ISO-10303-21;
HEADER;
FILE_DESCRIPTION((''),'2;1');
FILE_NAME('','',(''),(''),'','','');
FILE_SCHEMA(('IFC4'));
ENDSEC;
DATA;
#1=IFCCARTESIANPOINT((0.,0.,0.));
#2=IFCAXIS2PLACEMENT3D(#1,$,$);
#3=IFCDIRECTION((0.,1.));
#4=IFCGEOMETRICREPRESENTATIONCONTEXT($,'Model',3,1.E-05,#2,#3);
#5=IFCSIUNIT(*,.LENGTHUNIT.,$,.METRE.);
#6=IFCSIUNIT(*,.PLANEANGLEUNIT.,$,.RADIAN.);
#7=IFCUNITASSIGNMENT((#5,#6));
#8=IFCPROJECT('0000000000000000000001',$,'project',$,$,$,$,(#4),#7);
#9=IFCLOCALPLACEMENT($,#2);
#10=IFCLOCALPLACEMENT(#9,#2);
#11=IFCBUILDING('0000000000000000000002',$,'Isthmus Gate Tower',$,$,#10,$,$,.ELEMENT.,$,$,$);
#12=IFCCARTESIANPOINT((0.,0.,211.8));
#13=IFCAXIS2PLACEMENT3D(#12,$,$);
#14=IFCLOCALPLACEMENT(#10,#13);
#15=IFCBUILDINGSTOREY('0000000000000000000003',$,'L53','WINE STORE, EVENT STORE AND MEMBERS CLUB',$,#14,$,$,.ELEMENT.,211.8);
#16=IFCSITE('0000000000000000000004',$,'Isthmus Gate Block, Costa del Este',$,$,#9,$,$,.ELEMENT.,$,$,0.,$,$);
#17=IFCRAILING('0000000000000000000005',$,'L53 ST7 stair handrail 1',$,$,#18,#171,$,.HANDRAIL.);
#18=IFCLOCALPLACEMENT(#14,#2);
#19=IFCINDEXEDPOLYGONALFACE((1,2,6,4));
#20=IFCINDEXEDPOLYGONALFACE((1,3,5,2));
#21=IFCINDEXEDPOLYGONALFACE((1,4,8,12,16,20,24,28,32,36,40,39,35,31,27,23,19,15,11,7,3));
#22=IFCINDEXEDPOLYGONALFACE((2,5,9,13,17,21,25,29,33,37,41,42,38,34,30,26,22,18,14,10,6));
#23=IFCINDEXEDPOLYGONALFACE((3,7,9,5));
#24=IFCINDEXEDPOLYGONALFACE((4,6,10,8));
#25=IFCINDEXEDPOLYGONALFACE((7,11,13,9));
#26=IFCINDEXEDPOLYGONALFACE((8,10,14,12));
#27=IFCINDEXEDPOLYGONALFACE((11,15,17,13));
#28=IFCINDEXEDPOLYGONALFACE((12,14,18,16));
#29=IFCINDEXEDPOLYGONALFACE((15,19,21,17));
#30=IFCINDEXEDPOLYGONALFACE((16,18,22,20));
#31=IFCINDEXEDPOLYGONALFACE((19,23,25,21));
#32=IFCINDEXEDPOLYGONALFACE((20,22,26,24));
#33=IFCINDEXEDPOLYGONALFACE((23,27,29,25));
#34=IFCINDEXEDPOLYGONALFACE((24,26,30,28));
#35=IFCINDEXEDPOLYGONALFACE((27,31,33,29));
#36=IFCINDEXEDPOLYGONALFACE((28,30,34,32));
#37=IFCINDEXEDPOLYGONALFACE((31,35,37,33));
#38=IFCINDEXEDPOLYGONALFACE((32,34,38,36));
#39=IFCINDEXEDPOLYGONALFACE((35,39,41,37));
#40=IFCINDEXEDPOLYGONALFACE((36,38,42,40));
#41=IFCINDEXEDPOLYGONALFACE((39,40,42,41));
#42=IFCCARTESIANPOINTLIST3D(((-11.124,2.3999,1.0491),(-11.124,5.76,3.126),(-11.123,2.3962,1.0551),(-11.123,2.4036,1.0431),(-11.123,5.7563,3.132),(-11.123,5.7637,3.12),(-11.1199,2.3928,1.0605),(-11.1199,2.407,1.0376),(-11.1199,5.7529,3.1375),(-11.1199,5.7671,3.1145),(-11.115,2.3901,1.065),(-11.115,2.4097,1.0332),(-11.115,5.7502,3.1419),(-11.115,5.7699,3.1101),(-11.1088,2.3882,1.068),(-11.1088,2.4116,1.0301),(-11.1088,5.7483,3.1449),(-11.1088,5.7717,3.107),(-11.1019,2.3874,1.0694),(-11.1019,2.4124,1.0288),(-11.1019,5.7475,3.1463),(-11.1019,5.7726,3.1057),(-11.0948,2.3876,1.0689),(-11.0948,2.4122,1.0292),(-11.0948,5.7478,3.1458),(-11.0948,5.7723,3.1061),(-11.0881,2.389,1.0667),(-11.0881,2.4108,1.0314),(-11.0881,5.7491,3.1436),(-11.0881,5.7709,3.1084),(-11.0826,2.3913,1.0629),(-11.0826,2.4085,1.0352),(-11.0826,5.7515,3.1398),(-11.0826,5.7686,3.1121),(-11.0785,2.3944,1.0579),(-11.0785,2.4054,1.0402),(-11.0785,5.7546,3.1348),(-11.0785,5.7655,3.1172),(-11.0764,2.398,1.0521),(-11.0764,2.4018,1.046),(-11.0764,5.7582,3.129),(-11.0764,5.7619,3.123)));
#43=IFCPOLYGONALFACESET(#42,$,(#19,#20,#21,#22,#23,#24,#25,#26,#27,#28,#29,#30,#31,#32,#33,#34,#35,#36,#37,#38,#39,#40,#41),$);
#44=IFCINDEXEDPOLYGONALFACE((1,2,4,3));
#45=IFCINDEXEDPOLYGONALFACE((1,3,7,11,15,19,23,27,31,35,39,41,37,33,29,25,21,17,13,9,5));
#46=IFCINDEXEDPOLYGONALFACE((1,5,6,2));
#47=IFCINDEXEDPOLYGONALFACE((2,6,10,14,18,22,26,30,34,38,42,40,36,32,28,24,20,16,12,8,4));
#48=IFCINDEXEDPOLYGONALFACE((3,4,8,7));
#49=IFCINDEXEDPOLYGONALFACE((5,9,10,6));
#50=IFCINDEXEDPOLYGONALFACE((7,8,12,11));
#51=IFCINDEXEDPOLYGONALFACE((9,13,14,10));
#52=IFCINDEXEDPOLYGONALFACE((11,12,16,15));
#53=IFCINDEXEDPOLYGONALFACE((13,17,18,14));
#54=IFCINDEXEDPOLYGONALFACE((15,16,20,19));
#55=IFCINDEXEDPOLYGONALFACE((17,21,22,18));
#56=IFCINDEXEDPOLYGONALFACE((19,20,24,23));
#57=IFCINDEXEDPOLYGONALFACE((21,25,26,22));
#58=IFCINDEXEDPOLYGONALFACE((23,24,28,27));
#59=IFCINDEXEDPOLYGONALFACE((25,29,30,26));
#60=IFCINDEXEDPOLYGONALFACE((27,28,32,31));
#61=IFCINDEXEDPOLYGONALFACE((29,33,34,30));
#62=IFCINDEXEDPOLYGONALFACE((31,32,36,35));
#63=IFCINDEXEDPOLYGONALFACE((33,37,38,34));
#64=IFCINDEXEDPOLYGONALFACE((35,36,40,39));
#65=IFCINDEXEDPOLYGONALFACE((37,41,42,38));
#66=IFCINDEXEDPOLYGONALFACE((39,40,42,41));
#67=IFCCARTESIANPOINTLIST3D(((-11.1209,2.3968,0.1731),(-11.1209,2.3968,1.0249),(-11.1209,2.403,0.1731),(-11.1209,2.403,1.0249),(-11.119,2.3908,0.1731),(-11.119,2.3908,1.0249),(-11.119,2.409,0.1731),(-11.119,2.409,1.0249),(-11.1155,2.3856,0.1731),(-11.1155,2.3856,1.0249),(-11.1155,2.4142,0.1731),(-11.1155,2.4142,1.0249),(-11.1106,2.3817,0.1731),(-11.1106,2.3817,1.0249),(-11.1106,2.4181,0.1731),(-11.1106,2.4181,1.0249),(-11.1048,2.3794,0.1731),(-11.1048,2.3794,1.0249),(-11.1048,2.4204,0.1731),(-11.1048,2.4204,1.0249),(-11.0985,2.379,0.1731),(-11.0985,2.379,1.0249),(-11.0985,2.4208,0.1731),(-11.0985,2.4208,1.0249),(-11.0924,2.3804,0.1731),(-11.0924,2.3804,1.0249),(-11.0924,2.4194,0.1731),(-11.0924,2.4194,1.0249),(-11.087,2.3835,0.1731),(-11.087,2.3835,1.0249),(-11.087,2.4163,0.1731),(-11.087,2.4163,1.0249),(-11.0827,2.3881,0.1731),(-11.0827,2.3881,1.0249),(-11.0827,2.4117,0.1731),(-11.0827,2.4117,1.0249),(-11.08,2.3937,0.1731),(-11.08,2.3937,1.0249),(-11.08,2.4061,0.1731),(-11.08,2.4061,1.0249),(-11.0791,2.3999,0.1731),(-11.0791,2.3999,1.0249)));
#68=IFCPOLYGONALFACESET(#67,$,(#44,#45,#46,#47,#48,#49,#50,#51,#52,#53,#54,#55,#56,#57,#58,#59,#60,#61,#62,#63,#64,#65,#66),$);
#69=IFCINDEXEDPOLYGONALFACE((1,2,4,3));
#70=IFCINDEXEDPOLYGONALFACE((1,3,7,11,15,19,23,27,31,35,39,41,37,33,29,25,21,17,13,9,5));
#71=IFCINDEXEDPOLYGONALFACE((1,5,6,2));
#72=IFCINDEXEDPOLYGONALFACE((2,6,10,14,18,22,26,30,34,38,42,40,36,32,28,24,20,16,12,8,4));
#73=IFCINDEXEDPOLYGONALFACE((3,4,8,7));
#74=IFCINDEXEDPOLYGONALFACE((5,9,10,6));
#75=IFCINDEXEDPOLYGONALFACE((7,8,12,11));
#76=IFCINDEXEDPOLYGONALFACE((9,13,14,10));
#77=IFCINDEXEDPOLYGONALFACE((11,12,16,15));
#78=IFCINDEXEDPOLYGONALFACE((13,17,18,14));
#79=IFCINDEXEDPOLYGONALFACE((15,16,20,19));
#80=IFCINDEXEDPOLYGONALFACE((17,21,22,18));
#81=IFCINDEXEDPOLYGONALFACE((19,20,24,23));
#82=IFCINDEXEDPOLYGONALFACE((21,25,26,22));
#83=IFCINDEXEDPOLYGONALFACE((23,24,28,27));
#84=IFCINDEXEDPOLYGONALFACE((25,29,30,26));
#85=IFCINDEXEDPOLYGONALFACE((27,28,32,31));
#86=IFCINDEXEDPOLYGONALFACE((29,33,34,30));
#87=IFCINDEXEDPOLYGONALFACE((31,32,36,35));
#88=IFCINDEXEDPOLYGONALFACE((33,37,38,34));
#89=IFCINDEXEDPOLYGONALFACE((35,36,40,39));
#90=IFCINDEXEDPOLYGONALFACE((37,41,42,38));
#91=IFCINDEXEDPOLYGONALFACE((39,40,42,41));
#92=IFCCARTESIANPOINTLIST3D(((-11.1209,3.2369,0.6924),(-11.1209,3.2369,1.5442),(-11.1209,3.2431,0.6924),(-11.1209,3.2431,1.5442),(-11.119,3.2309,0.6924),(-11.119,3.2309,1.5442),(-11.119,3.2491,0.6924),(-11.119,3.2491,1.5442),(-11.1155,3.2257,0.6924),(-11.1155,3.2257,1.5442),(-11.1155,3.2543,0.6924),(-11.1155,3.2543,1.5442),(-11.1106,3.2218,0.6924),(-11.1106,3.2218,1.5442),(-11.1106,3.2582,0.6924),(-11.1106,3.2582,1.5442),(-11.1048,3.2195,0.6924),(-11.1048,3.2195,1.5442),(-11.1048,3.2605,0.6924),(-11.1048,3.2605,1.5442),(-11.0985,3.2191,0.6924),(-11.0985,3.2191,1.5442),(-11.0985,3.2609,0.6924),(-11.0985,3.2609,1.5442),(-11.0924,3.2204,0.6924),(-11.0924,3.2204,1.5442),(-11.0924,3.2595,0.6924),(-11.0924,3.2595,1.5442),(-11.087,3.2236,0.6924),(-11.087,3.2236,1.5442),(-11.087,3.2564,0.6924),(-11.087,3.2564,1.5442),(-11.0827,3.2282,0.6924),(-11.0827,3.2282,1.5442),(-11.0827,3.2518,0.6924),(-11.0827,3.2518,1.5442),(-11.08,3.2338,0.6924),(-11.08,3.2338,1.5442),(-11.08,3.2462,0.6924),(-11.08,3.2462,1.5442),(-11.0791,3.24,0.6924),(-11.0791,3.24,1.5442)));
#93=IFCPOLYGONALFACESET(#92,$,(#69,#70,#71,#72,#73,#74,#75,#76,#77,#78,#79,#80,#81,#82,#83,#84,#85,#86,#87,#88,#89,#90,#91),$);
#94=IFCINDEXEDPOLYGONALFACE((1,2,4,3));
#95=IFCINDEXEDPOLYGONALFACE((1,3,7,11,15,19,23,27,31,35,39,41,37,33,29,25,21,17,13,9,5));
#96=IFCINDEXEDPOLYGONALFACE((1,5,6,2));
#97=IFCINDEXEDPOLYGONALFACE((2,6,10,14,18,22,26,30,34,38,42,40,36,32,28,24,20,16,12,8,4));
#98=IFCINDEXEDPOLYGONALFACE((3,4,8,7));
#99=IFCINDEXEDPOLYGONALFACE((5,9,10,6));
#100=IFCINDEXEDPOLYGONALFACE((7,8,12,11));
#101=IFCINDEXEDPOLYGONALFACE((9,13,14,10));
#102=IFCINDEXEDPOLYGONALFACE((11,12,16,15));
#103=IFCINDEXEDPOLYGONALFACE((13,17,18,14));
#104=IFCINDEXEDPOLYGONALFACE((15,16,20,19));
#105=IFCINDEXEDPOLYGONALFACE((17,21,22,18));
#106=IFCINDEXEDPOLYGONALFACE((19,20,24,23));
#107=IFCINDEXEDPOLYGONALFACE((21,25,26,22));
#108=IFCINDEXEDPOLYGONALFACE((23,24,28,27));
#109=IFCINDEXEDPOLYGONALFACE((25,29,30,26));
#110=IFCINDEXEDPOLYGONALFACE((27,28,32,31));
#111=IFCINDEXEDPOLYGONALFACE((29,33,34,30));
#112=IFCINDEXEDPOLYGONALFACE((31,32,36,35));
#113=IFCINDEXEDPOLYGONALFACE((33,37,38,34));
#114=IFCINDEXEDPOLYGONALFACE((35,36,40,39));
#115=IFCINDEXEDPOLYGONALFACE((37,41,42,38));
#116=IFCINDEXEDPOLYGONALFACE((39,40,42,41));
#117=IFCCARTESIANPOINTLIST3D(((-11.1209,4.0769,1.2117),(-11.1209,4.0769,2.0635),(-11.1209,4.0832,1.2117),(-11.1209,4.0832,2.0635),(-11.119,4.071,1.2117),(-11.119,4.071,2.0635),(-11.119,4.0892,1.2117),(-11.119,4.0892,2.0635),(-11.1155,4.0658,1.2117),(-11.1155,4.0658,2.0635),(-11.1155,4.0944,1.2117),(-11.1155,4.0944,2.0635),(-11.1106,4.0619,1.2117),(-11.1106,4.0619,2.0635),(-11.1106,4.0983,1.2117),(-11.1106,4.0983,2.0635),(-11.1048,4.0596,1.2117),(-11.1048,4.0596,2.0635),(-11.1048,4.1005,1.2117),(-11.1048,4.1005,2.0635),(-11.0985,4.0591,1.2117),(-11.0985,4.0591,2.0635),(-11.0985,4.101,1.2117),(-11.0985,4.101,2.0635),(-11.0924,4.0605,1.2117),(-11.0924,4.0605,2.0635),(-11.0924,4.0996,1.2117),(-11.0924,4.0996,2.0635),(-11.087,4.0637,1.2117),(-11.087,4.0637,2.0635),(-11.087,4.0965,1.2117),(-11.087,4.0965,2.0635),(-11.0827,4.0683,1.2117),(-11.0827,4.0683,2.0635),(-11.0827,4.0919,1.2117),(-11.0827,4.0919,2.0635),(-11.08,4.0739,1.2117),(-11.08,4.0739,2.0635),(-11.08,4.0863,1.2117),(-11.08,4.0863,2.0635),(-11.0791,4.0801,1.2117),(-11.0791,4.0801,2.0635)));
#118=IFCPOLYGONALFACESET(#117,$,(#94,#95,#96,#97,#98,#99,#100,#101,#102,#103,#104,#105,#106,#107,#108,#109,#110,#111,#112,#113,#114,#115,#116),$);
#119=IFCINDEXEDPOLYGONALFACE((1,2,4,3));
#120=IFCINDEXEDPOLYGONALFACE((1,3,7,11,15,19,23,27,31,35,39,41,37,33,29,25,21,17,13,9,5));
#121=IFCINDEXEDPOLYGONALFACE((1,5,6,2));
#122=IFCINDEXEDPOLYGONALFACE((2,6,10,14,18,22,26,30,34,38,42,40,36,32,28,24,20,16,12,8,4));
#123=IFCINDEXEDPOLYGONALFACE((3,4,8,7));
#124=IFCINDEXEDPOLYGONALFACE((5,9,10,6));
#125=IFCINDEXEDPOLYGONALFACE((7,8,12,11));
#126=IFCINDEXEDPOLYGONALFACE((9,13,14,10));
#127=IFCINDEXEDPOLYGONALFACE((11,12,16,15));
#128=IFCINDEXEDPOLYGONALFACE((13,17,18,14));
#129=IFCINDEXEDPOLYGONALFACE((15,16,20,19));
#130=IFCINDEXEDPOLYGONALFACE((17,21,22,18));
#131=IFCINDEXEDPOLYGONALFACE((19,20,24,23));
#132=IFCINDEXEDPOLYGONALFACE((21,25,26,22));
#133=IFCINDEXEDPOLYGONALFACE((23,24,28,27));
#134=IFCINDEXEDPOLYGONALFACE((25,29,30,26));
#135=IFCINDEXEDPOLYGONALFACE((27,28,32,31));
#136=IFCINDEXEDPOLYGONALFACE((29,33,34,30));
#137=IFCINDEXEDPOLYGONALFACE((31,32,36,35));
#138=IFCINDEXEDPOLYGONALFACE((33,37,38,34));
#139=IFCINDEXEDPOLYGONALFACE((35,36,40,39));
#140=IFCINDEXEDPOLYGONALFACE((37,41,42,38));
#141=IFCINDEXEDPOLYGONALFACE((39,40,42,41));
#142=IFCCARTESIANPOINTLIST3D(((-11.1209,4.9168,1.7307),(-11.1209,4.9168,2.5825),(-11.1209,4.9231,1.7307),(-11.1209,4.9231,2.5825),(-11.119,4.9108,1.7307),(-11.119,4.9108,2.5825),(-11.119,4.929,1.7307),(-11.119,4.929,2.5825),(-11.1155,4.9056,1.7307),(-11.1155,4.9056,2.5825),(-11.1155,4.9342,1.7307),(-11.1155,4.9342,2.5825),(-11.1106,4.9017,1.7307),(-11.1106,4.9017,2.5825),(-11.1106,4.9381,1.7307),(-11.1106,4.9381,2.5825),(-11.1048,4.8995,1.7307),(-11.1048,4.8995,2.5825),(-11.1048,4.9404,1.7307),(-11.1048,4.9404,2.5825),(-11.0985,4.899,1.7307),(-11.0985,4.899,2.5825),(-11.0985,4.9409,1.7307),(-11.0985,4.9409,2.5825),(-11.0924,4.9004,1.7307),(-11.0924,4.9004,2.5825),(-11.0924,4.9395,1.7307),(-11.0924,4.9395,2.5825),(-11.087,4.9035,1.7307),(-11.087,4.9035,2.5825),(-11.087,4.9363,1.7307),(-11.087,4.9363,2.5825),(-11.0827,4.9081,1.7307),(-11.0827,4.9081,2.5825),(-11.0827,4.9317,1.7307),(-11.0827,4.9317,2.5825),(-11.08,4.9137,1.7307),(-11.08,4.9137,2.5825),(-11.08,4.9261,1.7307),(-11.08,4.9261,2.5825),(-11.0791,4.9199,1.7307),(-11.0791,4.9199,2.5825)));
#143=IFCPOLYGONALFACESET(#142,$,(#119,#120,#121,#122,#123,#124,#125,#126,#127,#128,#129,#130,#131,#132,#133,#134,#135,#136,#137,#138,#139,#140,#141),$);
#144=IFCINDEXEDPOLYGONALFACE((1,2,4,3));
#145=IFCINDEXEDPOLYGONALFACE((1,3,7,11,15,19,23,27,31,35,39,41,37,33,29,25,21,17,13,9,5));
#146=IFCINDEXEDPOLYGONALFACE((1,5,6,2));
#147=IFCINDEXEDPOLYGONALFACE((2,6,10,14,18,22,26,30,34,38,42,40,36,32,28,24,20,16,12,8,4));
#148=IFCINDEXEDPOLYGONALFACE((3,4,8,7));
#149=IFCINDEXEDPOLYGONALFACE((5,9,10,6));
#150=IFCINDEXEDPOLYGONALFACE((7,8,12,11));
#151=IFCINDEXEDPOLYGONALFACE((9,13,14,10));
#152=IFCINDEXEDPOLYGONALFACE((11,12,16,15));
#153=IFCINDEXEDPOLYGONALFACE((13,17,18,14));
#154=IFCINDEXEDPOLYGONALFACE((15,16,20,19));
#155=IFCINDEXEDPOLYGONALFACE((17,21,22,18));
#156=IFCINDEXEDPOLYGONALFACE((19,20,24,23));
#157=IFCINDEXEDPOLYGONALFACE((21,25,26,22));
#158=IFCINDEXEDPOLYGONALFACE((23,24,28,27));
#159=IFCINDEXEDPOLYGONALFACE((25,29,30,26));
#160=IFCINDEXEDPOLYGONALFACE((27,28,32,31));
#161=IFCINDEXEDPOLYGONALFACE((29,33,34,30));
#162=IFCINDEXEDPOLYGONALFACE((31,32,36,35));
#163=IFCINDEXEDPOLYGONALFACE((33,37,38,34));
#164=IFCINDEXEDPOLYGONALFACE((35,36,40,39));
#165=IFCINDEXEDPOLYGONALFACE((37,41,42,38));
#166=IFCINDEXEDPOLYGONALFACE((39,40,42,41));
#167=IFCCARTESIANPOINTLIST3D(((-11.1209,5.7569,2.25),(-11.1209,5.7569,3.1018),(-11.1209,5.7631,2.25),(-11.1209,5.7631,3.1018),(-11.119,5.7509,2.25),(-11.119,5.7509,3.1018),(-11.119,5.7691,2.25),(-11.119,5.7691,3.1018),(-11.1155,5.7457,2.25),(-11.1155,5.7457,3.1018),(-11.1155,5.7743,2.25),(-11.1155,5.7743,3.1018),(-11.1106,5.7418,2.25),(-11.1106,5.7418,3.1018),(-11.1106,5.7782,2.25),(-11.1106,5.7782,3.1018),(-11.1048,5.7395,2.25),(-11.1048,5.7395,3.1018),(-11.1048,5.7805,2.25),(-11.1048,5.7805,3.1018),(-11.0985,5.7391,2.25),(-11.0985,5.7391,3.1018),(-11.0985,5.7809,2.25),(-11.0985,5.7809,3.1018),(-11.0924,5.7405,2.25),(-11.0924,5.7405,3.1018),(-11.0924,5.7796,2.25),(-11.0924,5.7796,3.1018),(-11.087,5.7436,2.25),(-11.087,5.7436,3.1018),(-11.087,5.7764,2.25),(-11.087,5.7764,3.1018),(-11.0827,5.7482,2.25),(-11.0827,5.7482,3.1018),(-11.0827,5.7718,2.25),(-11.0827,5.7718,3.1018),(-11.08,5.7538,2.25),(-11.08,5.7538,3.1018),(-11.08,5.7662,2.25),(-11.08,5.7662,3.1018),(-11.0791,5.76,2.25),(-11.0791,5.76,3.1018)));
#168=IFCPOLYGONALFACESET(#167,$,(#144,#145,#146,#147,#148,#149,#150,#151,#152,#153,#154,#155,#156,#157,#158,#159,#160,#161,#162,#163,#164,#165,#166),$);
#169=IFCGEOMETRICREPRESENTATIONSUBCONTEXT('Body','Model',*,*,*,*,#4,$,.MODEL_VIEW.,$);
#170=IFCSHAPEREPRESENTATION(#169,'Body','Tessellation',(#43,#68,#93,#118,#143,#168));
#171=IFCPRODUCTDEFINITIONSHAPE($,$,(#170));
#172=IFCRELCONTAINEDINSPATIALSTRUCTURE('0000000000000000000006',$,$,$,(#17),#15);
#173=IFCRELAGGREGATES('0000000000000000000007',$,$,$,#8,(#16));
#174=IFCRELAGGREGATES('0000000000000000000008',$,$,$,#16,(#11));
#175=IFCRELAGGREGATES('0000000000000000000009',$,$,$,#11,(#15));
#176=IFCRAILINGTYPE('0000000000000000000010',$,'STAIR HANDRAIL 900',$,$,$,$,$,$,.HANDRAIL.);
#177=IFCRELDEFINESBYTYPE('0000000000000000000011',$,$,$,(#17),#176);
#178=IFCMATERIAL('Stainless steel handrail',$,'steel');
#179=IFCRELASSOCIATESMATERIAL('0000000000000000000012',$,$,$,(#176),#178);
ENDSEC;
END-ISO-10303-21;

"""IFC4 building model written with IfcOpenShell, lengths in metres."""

from ifc_helpers import new_model, si_unit, direction, frame, origin, origin_2d, place, context, subcontext, project, spatial, circle, extrude, material, type_object, element, save


model = new_model("IFC4")

# Units and contexts
model_context = context("Model", 3, precision=1e-05, world=origin(), true_north=direction((0.0, 1.0)))
body_context = subcontext(model_context, "Body", "Model", "MODEL_VIEW")
ifc_project = project(units=[si_unit("LENGTHUNIT", "METRE"), si_unit("PLANEANGLEUNIT", "RADIAN")], contexts=[model_context])

# Site, building, storey
site_placement = place(None, origin())
site = spatial("IfcSite", under=ifc_project, at=site_placement, Name="Isthmus Gate Block, Costa del Este", CompositionType="ELEMENT", RefElevation=0.0)
building_placement = place(site_placement, origin())
building = spatial("IfcBuilding", under=site, at=building_placement, Name="Isthmus Gate Tower", CompositionType="ELEMENT")
storey_placement = place(building_placement, frame((0.0, 0.0, 211.8)))
storey = spatial("IfcBuildingStorey", under=building, at=storey_placement, Name="L53", Description="WINE STORE, EVENT STORE AND MEMBERS CLUB", CompositionType="ELEMENT", Elevation=211.8)

# Railing
ifc_material_1 = material(Name="Stainless steel handrail", Category="steel")
railing_type_1 = type_object("IfcRailingType", Name="STAIR HANDRAIL 900", PredefinedType="HANDRAIL", material=ifc_material_1)
railing_1_placement = place(storey_placement, frame((-11.1001, 2.3999, 0.1731)))
element("IfcRailing", 1, at=railing_1_placement, inside=storey, type_object=railing_type_1, Name="L53 ST7 stair handrail 1", PredefinedType="HANDRAIL", context=body_context, shape_type="SweptSolid", body=[
    extrude(circle(Radius=0.0239, at=origin_2d()), frame((0.0, 0.0, 0.876), z_axis=(0.0, 0.850623, 0.525776), x_axis=(-1.0, 0.0, 0.0)), (0.0, 0.0, 1.0), 3.9502),
    extrude(circle(Radius=0.021, at=origin_2d()), origin(), (0.0, 0.0, 1.0), 0.8518),
    extrude(circle(Radius=0.021, at=origin_2d()), frame((0.0, 0.8401, 0.5193)), (0.0, 0.0, 1.0), 0.8518),
    extrude(circle(Radius=0.021, at=origin_2d()), frame((0.0, 1.6802, 1.0386)), (0.0, 0.0, 1.0), 0.8518),
    extrude(circle(Radius=0.021, at=origin_2d()), frame((0.0, 2.52, 1.5576)), (0.0, 0.0, 1.0), 0.8518),
    extrude(circle(Radius=0.021, at=origin_2d()), frame((0.0, 3.3601, 2.0769)), (0.0, 0.0, 1.0), 0.8518),
])

save(model, "model.ifc")
